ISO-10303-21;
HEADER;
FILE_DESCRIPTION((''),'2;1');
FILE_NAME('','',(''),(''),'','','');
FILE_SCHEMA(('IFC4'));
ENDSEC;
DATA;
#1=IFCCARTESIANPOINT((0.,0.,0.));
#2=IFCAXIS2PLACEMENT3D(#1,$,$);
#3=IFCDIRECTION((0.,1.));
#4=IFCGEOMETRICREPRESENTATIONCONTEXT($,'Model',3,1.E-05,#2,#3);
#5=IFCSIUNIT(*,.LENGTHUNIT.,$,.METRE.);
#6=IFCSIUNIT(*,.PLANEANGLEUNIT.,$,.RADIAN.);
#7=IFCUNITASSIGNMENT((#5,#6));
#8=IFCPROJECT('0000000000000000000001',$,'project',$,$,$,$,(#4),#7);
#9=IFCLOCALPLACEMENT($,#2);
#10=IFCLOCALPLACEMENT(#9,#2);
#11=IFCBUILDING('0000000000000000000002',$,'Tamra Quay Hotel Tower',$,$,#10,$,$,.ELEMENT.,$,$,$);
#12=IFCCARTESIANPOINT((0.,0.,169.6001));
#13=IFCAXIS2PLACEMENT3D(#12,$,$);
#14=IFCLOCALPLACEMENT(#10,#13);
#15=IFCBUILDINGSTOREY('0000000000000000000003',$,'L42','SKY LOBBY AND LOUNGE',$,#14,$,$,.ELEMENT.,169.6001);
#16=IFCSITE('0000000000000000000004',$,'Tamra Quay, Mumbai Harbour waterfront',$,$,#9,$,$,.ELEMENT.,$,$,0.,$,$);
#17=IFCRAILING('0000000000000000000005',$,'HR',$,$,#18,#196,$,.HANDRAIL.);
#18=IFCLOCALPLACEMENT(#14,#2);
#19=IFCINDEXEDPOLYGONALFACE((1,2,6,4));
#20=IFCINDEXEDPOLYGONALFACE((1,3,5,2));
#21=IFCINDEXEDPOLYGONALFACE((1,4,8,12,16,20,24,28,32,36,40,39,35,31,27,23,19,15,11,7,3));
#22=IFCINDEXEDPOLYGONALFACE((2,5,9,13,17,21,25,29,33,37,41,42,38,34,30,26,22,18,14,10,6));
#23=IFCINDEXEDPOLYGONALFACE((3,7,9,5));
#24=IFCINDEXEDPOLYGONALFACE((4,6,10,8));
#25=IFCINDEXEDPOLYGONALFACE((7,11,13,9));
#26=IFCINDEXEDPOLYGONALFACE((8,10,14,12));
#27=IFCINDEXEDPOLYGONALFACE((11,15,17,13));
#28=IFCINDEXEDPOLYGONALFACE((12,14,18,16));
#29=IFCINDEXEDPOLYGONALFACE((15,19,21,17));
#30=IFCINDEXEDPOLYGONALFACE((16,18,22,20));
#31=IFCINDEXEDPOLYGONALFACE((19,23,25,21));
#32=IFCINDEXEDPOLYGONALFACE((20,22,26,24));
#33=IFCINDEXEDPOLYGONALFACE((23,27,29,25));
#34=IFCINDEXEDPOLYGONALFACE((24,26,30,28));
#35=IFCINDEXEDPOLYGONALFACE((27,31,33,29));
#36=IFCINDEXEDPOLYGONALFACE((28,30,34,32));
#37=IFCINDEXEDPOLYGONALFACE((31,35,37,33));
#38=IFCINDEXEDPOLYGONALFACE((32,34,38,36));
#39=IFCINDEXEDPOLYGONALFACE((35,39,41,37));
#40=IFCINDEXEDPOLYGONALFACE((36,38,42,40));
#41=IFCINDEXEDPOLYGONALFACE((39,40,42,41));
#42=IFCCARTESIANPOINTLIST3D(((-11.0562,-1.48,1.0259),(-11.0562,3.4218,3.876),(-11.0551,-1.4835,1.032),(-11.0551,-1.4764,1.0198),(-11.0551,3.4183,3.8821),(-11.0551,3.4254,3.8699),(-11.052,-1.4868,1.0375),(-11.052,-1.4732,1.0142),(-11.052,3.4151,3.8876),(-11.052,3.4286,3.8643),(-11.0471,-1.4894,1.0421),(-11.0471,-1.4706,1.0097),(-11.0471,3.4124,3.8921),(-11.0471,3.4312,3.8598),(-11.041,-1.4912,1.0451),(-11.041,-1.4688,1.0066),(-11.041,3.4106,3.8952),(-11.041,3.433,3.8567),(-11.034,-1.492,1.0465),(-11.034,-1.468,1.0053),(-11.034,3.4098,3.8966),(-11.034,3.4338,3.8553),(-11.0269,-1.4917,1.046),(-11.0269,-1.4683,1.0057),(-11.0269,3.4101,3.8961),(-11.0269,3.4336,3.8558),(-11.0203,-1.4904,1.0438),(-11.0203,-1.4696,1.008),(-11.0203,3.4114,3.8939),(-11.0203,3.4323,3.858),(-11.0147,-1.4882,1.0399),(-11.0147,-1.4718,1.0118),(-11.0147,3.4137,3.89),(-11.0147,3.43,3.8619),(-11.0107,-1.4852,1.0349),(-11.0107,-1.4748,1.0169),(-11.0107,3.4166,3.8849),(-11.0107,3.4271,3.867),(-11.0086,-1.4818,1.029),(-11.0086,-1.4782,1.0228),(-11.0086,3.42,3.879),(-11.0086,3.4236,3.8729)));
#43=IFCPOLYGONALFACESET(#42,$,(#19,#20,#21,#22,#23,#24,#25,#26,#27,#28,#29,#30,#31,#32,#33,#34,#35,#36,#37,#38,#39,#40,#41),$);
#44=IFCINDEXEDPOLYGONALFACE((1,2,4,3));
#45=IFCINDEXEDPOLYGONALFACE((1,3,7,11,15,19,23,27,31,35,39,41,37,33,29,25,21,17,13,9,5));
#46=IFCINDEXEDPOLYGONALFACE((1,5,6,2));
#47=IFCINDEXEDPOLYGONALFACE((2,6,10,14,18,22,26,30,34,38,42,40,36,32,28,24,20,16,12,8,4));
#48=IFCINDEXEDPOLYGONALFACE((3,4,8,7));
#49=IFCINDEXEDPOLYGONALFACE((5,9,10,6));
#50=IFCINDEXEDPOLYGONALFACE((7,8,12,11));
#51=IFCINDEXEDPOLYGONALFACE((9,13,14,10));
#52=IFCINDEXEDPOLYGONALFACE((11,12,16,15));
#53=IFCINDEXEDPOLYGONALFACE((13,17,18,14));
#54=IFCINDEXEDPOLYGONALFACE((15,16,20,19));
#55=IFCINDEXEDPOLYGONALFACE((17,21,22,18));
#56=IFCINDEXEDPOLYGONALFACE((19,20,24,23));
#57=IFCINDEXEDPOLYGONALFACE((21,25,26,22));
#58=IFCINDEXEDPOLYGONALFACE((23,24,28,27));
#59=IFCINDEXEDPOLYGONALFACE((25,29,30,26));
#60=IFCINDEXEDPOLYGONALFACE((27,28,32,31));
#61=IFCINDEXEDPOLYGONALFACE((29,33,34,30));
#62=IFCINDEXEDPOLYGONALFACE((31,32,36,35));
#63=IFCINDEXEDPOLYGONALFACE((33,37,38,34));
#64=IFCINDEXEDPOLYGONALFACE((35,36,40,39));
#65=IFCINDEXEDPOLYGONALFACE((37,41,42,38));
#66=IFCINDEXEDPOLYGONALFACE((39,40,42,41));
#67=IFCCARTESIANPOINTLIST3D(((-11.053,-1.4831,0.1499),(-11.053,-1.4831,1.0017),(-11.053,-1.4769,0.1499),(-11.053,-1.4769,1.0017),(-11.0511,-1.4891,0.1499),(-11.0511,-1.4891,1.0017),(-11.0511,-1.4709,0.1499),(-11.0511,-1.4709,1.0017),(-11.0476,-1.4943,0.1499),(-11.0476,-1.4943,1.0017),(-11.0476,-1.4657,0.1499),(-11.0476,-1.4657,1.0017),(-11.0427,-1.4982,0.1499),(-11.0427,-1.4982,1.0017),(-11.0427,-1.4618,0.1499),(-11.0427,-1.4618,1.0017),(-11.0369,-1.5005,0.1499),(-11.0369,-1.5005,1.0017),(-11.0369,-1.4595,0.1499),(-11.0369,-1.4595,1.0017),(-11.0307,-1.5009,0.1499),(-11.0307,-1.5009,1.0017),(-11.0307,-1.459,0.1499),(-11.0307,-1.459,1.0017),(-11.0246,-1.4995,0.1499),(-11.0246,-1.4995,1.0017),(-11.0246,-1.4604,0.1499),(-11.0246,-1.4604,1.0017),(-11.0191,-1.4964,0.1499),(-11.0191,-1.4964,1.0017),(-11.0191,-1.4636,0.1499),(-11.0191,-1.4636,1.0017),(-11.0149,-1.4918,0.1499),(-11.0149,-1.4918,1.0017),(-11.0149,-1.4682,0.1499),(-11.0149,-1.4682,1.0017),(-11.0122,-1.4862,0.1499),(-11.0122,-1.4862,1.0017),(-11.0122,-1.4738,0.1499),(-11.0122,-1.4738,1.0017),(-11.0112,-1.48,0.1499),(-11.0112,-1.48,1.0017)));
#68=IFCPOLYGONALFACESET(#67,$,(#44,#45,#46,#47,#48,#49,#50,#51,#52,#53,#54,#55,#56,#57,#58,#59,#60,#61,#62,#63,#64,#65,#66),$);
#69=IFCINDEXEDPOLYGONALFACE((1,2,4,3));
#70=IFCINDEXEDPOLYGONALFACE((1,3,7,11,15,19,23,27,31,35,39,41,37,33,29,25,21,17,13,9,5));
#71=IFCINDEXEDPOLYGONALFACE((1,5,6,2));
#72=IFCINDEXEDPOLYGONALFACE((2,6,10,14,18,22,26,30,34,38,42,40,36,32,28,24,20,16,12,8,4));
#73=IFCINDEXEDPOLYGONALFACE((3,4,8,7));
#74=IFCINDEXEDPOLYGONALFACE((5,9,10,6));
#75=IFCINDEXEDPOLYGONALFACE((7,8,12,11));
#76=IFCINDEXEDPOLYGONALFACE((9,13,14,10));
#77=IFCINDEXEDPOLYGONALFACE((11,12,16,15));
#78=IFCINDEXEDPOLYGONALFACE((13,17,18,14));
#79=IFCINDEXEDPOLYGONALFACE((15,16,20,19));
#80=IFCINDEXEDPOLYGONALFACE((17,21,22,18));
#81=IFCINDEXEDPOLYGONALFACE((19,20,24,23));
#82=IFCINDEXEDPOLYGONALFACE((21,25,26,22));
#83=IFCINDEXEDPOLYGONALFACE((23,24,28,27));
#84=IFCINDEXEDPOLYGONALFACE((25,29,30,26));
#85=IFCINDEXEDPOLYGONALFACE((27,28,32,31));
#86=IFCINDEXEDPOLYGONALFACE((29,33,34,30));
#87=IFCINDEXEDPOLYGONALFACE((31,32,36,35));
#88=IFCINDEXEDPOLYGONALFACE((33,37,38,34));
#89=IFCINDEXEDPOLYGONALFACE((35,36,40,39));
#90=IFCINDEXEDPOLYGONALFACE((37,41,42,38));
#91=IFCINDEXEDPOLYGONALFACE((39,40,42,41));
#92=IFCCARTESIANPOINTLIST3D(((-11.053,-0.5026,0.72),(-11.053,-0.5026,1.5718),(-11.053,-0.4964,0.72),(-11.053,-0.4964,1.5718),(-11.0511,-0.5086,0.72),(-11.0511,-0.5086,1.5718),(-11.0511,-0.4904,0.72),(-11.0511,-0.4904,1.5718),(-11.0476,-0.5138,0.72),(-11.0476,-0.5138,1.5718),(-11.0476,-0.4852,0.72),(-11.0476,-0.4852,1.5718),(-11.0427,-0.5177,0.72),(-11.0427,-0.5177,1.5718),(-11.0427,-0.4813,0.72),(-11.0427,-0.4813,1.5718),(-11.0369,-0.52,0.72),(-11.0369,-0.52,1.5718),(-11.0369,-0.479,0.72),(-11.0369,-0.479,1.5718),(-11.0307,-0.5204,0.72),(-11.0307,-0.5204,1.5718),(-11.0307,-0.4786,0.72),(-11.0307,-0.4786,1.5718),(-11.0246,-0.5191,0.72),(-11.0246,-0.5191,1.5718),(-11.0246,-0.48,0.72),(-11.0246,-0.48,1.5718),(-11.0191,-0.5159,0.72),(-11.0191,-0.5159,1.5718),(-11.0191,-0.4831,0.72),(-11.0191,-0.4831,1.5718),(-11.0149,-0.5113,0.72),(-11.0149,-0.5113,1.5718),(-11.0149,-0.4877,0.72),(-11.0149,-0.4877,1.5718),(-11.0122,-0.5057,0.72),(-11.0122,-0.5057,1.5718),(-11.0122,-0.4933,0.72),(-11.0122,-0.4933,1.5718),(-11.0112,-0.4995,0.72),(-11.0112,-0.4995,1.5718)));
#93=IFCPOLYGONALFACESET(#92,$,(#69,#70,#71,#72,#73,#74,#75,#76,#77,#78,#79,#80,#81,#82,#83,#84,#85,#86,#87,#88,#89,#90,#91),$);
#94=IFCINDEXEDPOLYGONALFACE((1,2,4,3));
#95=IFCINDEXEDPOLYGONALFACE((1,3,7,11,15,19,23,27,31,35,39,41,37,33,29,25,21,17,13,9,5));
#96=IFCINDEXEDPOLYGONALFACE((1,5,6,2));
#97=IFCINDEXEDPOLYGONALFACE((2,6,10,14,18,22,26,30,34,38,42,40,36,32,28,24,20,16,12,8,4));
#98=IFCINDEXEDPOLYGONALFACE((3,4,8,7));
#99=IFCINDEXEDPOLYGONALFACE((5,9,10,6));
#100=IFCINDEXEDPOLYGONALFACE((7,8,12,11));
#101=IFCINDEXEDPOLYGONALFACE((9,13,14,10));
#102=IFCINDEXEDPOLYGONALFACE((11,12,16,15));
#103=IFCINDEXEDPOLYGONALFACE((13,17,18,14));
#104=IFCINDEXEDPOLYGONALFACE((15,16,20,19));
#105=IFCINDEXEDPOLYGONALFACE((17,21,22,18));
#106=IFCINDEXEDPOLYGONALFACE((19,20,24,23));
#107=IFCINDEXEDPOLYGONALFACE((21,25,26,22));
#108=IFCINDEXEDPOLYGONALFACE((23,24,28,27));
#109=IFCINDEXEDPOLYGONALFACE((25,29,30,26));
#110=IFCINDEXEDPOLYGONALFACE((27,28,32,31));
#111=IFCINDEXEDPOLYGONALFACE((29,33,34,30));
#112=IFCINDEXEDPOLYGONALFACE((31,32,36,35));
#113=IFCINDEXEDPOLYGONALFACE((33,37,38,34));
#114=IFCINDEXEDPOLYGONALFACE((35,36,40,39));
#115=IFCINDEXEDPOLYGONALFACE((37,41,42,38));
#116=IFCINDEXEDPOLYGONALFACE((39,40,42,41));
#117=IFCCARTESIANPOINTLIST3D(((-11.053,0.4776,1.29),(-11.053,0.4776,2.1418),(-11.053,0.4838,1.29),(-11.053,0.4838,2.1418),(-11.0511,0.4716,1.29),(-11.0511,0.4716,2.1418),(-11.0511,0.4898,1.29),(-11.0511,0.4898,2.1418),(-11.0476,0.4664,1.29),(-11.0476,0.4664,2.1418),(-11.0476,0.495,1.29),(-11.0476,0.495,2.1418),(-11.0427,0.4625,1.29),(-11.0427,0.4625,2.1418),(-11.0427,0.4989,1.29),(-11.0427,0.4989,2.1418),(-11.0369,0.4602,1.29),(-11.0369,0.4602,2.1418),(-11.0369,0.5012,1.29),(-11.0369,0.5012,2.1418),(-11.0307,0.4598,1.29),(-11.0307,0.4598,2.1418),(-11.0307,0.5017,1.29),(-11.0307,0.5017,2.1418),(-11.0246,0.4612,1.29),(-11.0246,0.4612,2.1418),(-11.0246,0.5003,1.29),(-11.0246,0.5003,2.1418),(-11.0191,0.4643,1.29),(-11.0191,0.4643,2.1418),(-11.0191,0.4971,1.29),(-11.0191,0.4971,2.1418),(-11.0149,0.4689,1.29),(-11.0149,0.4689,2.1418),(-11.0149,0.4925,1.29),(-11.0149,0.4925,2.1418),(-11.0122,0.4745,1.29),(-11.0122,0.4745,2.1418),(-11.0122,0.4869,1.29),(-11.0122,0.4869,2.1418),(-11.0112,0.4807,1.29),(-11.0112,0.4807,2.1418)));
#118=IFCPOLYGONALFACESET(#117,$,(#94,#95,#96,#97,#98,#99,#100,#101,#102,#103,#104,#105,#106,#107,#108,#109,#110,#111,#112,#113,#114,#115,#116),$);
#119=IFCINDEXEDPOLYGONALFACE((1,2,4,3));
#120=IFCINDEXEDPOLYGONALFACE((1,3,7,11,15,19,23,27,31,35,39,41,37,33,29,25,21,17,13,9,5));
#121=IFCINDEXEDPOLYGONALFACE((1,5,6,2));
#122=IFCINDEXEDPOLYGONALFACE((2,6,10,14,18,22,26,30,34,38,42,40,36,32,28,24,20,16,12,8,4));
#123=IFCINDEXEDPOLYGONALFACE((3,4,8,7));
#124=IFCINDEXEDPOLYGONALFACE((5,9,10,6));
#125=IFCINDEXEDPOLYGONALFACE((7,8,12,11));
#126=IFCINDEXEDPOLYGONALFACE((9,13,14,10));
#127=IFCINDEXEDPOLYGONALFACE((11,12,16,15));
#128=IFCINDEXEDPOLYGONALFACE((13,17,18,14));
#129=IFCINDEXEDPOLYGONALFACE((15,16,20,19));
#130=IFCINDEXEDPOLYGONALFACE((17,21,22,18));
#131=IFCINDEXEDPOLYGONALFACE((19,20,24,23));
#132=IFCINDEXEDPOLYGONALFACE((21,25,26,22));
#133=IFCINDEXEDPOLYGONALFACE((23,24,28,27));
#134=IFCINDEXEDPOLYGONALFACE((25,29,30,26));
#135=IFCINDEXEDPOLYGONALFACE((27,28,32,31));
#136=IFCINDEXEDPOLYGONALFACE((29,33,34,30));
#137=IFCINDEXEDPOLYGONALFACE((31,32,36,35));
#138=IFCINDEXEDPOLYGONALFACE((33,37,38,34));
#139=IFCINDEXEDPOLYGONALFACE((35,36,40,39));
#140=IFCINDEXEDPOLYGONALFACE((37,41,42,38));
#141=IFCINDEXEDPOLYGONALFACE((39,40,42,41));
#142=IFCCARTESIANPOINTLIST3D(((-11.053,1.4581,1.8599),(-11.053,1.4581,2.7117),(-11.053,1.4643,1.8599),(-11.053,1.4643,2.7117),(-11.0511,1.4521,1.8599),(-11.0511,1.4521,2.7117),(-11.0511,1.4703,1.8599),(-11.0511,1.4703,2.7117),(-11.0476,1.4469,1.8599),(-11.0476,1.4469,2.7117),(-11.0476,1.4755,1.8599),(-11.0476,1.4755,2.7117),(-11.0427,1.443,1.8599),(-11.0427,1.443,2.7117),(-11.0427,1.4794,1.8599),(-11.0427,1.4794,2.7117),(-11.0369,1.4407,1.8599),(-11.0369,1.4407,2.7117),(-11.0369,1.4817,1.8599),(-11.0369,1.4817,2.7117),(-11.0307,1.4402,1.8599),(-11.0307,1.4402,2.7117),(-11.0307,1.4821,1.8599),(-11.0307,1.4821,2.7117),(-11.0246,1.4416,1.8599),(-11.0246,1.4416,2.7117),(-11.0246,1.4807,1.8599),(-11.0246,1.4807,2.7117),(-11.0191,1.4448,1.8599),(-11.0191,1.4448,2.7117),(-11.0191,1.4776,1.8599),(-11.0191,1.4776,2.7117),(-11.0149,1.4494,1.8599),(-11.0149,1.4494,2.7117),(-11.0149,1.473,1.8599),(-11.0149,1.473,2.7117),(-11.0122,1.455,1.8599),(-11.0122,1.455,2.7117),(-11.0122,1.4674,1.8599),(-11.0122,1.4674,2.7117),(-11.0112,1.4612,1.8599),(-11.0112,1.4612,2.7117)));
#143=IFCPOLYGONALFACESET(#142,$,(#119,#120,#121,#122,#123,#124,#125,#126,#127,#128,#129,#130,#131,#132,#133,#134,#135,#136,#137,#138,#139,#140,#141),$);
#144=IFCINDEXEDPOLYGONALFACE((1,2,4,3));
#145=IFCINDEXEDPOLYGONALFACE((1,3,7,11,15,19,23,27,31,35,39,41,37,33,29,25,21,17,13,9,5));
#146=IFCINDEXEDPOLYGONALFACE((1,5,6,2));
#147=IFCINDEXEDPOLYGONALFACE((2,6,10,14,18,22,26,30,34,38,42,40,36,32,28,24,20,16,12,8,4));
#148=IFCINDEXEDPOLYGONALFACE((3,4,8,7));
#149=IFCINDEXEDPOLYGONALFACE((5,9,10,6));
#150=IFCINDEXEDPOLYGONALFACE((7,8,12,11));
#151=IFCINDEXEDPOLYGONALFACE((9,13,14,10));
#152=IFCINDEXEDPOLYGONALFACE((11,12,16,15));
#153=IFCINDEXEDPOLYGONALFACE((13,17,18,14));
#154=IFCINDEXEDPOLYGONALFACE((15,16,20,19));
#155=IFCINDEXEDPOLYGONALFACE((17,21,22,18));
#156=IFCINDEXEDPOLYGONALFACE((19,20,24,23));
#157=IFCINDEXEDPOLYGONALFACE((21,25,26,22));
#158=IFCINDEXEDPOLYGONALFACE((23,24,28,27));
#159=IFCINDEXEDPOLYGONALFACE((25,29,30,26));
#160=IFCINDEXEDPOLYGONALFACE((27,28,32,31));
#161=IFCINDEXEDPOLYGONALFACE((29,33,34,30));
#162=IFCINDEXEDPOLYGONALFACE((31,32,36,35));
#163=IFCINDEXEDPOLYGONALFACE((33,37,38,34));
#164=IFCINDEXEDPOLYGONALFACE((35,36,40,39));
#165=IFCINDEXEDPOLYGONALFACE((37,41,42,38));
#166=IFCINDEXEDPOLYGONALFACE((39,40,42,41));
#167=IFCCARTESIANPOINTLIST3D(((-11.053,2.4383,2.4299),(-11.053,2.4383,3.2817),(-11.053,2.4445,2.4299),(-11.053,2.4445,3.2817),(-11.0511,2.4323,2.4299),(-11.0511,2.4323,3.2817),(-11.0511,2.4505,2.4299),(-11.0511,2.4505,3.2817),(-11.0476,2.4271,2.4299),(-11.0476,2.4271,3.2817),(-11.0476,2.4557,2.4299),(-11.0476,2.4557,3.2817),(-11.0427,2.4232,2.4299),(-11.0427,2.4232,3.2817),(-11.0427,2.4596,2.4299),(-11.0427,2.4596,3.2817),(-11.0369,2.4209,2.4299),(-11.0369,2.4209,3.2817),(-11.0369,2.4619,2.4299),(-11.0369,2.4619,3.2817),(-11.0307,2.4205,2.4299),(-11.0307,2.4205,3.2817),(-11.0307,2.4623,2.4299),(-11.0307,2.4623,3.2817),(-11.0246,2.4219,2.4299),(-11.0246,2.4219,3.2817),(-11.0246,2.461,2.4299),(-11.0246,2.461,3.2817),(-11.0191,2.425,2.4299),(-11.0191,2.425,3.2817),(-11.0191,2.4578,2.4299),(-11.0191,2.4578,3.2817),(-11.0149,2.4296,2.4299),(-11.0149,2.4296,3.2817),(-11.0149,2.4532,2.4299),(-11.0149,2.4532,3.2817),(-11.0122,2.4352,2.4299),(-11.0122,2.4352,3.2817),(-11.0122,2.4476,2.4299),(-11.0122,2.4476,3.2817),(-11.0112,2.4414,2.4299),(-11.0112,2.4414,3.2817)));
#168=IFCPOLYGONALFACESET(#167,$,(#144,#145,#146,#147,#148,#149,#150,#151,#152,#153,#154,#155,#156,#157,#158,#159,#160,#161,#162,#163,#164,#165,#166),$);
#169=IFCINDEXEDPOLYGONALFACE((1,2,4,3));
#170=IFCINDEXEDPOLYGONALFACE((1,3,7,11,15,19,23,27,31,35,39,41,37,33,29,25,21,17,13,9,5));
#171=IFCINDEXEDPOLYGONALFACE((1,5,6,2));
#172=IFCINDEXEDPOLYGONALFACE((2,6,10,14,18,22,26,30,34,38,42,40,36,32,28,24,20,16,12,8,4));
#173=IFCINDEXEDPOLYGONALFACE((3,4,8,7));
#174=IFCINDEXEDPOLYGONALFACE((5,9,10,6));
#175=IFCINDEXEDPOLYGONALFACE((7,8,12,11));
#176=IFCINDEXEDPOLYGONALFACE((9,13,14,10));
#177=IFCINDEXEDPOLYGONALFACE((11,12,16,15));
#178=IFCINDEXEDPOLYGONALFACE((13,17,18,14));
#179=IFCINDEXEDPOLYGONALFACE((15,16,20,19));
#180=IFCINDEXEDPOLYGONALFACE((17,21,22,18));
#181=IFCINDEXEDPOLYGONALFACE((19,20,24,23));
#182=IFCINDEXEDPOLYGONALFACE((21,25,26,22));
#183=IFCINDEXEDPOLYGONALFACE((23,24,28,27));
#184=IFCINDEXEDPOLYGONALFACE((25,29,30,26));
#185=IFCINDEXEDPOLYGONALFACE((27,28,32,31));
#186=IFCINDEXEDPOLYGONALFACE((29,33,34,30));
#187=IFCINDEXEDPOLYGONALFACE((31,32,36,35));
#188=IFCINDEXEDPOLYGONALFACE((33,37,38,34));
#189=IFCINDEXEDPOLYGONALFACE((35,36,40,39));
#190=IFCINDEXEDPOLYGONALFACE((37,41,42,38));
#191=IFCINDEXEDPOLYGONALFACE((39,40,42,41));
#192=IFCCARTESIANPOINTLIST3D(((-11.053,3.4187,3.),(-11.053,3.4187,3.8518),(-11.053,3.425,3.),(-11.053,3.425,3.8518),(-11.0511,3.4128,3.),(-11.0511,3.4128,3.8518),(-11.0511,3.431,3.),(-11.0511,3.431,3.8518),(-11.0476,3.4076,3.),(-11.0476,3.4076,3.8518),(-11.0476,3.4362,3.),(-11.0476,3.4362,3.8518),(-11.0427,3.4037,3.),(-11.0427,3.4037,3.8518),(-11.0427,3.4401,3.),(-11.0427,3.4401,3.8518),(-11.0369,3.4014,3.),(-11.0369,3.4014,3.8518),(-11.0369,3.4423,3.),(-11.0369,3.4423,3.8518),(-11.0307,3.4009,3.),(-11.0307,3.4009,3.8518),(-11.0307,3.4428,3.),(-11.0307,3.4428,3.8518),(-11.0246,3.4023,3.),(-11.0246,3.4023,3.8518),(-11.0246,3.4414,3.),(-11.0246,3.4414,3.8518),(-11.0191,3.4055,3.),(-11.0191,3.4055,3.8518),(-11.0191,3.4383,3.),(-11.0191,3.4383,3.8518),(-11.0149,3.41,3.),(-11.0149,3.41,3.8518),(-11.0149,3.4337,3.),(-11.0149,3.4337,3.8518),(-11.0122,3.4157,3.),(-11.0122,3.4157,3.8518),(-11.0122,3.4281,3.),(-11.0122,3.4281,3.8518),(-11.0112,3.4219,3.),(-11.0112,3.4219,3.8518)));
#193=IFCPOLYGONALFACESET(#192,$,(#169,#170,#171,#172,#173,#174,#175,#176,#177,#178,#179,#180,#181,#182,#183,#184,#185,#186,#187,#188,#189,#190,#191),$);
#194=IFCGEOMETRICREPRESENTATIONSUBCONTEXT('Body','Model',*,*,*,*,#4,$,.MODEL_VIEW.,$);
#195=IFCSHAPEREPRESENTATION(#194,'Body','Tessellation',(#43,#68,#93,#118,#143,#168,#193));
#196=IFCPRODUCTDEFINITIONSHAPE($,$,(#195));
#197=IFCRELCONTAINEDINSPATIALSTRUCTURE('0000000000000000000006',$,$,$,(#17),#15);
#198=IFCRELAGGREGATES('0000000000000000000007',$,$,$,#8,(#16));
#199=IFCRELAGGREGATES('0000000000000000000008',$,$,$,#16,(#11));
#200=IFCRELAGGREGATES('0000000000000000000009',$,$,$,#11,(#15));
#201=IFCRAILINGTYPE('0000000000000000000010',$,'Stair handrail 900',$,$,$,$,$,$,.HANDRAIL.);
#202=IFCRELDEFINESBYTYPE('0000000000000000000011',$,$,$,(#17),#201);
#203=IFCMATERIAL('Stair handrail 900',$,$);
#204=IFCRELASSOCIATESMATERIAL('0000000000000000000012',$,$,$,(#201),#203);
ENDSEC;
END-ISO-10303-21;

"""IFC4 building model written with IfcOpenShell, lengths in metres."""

from ifc_helpers import new_model, si_unit, direction, frame, origin, origin_2d, place, context, subcontext, project, spatial, circle, extrude, material, type_object, element, save


model = new_model("IFC4")

# Units and contexts
model_context = context("Model", 3, precision=1e-05, world=origin(), true_north=direction((0.0, 1.0)))
body_context = subcontext(model_context, "Body", "Model", "MODEL_VIEW")
ifc_project = project(units=[si_unit("LENGTHUNIT", "METRE"), si_unit("PLANEANGLEUNIT", "RADIAN")], contexts=[model_context])

# Site, building, storey
site_placement = place(None, origin())
site = spatial("IfcSite", under=ifc_project, at=site_placement, Name="Tamra Quay, Mumbai Harbour waterfront", CompositionType="ELEMENT", RefElevation=0.0)
building_placement = place(site_placement, origin())
building = spatial("IfcBuilding", under=site, at=building_placement, Name="Tamra Quay Hotel Tower", CompositionType="ELEMENT")
storey_placement = place(building_placement, frame((0.0, 0.0, 169.6001)))
storey = spatial("IfcBuildingStorey", under=building, at=storey_placement, Name="L42", Description="SKY LOBBY AND LOUNGE", CompositionType="ELEMENT", Elevation=169.6001)

# Railing
ifc_material_1 = material(Name="Stair handrail 900")
railing_type_1 = type_object("IfcRailingType", Name="Stair handrail 900", PredefinedType="HANDRAIL", material=ifc_material_1)
railing_1_placement = place(storey_placement, frame((-11.0322, -1.48, 0.1499)))
element("IfcRailing", 1, at=railing_1_placement, inside=storey, type_object=railing_type_1, Name="HR", PredefinedType="HANDRAIL", context=body_context, shape_type="SweptSolid", body=[
    extrude(circle(Radius=0.0239, at=origin_2d()), frame((0.0, 0.0, 0.876), z_axis=(0.0, 0.864493, 0.502644), x_axis=(-1.0, 0.0, 0.0)), (0.0, 0.0, 1.0), 5.6702),
    extrude(circle(Radius=0.021, at=origin_2d()), origin(), (0.0, 0.0, 1.0), 0.8518),
    extrude(circle(Radius=0.021, at=origin_2d()), frame((0.0, 0.9805, 0.5701)), (0.0, 0.0, 1.0), 0.8518),
    extrude(circle(Radius=0.021, at=origin_2d()), frame((0.0, 1.9607, 1.1401)), (0.0, 0.0, 1.0), 0.8518),
    extrude(circle(Radius=0.021, at=origin_2d()), frame((0.0, 2.9412, 1.71)), (0.0, 0.0, 1.0), 0.8518),
    extrude(circle(Radius=0.021, at=origin_2d()), frame((0.0, 3.9214, 2.28)), (0.0, 0.0, 1.0), 0.8518),
    extrude(circle(Radius=0.021, at=origin_2d()), frame((0.0, 4.9019, 2.8501)), (0.0, 0.0, 1.0), 0.8518),
])

save(model, "model.ifc")
